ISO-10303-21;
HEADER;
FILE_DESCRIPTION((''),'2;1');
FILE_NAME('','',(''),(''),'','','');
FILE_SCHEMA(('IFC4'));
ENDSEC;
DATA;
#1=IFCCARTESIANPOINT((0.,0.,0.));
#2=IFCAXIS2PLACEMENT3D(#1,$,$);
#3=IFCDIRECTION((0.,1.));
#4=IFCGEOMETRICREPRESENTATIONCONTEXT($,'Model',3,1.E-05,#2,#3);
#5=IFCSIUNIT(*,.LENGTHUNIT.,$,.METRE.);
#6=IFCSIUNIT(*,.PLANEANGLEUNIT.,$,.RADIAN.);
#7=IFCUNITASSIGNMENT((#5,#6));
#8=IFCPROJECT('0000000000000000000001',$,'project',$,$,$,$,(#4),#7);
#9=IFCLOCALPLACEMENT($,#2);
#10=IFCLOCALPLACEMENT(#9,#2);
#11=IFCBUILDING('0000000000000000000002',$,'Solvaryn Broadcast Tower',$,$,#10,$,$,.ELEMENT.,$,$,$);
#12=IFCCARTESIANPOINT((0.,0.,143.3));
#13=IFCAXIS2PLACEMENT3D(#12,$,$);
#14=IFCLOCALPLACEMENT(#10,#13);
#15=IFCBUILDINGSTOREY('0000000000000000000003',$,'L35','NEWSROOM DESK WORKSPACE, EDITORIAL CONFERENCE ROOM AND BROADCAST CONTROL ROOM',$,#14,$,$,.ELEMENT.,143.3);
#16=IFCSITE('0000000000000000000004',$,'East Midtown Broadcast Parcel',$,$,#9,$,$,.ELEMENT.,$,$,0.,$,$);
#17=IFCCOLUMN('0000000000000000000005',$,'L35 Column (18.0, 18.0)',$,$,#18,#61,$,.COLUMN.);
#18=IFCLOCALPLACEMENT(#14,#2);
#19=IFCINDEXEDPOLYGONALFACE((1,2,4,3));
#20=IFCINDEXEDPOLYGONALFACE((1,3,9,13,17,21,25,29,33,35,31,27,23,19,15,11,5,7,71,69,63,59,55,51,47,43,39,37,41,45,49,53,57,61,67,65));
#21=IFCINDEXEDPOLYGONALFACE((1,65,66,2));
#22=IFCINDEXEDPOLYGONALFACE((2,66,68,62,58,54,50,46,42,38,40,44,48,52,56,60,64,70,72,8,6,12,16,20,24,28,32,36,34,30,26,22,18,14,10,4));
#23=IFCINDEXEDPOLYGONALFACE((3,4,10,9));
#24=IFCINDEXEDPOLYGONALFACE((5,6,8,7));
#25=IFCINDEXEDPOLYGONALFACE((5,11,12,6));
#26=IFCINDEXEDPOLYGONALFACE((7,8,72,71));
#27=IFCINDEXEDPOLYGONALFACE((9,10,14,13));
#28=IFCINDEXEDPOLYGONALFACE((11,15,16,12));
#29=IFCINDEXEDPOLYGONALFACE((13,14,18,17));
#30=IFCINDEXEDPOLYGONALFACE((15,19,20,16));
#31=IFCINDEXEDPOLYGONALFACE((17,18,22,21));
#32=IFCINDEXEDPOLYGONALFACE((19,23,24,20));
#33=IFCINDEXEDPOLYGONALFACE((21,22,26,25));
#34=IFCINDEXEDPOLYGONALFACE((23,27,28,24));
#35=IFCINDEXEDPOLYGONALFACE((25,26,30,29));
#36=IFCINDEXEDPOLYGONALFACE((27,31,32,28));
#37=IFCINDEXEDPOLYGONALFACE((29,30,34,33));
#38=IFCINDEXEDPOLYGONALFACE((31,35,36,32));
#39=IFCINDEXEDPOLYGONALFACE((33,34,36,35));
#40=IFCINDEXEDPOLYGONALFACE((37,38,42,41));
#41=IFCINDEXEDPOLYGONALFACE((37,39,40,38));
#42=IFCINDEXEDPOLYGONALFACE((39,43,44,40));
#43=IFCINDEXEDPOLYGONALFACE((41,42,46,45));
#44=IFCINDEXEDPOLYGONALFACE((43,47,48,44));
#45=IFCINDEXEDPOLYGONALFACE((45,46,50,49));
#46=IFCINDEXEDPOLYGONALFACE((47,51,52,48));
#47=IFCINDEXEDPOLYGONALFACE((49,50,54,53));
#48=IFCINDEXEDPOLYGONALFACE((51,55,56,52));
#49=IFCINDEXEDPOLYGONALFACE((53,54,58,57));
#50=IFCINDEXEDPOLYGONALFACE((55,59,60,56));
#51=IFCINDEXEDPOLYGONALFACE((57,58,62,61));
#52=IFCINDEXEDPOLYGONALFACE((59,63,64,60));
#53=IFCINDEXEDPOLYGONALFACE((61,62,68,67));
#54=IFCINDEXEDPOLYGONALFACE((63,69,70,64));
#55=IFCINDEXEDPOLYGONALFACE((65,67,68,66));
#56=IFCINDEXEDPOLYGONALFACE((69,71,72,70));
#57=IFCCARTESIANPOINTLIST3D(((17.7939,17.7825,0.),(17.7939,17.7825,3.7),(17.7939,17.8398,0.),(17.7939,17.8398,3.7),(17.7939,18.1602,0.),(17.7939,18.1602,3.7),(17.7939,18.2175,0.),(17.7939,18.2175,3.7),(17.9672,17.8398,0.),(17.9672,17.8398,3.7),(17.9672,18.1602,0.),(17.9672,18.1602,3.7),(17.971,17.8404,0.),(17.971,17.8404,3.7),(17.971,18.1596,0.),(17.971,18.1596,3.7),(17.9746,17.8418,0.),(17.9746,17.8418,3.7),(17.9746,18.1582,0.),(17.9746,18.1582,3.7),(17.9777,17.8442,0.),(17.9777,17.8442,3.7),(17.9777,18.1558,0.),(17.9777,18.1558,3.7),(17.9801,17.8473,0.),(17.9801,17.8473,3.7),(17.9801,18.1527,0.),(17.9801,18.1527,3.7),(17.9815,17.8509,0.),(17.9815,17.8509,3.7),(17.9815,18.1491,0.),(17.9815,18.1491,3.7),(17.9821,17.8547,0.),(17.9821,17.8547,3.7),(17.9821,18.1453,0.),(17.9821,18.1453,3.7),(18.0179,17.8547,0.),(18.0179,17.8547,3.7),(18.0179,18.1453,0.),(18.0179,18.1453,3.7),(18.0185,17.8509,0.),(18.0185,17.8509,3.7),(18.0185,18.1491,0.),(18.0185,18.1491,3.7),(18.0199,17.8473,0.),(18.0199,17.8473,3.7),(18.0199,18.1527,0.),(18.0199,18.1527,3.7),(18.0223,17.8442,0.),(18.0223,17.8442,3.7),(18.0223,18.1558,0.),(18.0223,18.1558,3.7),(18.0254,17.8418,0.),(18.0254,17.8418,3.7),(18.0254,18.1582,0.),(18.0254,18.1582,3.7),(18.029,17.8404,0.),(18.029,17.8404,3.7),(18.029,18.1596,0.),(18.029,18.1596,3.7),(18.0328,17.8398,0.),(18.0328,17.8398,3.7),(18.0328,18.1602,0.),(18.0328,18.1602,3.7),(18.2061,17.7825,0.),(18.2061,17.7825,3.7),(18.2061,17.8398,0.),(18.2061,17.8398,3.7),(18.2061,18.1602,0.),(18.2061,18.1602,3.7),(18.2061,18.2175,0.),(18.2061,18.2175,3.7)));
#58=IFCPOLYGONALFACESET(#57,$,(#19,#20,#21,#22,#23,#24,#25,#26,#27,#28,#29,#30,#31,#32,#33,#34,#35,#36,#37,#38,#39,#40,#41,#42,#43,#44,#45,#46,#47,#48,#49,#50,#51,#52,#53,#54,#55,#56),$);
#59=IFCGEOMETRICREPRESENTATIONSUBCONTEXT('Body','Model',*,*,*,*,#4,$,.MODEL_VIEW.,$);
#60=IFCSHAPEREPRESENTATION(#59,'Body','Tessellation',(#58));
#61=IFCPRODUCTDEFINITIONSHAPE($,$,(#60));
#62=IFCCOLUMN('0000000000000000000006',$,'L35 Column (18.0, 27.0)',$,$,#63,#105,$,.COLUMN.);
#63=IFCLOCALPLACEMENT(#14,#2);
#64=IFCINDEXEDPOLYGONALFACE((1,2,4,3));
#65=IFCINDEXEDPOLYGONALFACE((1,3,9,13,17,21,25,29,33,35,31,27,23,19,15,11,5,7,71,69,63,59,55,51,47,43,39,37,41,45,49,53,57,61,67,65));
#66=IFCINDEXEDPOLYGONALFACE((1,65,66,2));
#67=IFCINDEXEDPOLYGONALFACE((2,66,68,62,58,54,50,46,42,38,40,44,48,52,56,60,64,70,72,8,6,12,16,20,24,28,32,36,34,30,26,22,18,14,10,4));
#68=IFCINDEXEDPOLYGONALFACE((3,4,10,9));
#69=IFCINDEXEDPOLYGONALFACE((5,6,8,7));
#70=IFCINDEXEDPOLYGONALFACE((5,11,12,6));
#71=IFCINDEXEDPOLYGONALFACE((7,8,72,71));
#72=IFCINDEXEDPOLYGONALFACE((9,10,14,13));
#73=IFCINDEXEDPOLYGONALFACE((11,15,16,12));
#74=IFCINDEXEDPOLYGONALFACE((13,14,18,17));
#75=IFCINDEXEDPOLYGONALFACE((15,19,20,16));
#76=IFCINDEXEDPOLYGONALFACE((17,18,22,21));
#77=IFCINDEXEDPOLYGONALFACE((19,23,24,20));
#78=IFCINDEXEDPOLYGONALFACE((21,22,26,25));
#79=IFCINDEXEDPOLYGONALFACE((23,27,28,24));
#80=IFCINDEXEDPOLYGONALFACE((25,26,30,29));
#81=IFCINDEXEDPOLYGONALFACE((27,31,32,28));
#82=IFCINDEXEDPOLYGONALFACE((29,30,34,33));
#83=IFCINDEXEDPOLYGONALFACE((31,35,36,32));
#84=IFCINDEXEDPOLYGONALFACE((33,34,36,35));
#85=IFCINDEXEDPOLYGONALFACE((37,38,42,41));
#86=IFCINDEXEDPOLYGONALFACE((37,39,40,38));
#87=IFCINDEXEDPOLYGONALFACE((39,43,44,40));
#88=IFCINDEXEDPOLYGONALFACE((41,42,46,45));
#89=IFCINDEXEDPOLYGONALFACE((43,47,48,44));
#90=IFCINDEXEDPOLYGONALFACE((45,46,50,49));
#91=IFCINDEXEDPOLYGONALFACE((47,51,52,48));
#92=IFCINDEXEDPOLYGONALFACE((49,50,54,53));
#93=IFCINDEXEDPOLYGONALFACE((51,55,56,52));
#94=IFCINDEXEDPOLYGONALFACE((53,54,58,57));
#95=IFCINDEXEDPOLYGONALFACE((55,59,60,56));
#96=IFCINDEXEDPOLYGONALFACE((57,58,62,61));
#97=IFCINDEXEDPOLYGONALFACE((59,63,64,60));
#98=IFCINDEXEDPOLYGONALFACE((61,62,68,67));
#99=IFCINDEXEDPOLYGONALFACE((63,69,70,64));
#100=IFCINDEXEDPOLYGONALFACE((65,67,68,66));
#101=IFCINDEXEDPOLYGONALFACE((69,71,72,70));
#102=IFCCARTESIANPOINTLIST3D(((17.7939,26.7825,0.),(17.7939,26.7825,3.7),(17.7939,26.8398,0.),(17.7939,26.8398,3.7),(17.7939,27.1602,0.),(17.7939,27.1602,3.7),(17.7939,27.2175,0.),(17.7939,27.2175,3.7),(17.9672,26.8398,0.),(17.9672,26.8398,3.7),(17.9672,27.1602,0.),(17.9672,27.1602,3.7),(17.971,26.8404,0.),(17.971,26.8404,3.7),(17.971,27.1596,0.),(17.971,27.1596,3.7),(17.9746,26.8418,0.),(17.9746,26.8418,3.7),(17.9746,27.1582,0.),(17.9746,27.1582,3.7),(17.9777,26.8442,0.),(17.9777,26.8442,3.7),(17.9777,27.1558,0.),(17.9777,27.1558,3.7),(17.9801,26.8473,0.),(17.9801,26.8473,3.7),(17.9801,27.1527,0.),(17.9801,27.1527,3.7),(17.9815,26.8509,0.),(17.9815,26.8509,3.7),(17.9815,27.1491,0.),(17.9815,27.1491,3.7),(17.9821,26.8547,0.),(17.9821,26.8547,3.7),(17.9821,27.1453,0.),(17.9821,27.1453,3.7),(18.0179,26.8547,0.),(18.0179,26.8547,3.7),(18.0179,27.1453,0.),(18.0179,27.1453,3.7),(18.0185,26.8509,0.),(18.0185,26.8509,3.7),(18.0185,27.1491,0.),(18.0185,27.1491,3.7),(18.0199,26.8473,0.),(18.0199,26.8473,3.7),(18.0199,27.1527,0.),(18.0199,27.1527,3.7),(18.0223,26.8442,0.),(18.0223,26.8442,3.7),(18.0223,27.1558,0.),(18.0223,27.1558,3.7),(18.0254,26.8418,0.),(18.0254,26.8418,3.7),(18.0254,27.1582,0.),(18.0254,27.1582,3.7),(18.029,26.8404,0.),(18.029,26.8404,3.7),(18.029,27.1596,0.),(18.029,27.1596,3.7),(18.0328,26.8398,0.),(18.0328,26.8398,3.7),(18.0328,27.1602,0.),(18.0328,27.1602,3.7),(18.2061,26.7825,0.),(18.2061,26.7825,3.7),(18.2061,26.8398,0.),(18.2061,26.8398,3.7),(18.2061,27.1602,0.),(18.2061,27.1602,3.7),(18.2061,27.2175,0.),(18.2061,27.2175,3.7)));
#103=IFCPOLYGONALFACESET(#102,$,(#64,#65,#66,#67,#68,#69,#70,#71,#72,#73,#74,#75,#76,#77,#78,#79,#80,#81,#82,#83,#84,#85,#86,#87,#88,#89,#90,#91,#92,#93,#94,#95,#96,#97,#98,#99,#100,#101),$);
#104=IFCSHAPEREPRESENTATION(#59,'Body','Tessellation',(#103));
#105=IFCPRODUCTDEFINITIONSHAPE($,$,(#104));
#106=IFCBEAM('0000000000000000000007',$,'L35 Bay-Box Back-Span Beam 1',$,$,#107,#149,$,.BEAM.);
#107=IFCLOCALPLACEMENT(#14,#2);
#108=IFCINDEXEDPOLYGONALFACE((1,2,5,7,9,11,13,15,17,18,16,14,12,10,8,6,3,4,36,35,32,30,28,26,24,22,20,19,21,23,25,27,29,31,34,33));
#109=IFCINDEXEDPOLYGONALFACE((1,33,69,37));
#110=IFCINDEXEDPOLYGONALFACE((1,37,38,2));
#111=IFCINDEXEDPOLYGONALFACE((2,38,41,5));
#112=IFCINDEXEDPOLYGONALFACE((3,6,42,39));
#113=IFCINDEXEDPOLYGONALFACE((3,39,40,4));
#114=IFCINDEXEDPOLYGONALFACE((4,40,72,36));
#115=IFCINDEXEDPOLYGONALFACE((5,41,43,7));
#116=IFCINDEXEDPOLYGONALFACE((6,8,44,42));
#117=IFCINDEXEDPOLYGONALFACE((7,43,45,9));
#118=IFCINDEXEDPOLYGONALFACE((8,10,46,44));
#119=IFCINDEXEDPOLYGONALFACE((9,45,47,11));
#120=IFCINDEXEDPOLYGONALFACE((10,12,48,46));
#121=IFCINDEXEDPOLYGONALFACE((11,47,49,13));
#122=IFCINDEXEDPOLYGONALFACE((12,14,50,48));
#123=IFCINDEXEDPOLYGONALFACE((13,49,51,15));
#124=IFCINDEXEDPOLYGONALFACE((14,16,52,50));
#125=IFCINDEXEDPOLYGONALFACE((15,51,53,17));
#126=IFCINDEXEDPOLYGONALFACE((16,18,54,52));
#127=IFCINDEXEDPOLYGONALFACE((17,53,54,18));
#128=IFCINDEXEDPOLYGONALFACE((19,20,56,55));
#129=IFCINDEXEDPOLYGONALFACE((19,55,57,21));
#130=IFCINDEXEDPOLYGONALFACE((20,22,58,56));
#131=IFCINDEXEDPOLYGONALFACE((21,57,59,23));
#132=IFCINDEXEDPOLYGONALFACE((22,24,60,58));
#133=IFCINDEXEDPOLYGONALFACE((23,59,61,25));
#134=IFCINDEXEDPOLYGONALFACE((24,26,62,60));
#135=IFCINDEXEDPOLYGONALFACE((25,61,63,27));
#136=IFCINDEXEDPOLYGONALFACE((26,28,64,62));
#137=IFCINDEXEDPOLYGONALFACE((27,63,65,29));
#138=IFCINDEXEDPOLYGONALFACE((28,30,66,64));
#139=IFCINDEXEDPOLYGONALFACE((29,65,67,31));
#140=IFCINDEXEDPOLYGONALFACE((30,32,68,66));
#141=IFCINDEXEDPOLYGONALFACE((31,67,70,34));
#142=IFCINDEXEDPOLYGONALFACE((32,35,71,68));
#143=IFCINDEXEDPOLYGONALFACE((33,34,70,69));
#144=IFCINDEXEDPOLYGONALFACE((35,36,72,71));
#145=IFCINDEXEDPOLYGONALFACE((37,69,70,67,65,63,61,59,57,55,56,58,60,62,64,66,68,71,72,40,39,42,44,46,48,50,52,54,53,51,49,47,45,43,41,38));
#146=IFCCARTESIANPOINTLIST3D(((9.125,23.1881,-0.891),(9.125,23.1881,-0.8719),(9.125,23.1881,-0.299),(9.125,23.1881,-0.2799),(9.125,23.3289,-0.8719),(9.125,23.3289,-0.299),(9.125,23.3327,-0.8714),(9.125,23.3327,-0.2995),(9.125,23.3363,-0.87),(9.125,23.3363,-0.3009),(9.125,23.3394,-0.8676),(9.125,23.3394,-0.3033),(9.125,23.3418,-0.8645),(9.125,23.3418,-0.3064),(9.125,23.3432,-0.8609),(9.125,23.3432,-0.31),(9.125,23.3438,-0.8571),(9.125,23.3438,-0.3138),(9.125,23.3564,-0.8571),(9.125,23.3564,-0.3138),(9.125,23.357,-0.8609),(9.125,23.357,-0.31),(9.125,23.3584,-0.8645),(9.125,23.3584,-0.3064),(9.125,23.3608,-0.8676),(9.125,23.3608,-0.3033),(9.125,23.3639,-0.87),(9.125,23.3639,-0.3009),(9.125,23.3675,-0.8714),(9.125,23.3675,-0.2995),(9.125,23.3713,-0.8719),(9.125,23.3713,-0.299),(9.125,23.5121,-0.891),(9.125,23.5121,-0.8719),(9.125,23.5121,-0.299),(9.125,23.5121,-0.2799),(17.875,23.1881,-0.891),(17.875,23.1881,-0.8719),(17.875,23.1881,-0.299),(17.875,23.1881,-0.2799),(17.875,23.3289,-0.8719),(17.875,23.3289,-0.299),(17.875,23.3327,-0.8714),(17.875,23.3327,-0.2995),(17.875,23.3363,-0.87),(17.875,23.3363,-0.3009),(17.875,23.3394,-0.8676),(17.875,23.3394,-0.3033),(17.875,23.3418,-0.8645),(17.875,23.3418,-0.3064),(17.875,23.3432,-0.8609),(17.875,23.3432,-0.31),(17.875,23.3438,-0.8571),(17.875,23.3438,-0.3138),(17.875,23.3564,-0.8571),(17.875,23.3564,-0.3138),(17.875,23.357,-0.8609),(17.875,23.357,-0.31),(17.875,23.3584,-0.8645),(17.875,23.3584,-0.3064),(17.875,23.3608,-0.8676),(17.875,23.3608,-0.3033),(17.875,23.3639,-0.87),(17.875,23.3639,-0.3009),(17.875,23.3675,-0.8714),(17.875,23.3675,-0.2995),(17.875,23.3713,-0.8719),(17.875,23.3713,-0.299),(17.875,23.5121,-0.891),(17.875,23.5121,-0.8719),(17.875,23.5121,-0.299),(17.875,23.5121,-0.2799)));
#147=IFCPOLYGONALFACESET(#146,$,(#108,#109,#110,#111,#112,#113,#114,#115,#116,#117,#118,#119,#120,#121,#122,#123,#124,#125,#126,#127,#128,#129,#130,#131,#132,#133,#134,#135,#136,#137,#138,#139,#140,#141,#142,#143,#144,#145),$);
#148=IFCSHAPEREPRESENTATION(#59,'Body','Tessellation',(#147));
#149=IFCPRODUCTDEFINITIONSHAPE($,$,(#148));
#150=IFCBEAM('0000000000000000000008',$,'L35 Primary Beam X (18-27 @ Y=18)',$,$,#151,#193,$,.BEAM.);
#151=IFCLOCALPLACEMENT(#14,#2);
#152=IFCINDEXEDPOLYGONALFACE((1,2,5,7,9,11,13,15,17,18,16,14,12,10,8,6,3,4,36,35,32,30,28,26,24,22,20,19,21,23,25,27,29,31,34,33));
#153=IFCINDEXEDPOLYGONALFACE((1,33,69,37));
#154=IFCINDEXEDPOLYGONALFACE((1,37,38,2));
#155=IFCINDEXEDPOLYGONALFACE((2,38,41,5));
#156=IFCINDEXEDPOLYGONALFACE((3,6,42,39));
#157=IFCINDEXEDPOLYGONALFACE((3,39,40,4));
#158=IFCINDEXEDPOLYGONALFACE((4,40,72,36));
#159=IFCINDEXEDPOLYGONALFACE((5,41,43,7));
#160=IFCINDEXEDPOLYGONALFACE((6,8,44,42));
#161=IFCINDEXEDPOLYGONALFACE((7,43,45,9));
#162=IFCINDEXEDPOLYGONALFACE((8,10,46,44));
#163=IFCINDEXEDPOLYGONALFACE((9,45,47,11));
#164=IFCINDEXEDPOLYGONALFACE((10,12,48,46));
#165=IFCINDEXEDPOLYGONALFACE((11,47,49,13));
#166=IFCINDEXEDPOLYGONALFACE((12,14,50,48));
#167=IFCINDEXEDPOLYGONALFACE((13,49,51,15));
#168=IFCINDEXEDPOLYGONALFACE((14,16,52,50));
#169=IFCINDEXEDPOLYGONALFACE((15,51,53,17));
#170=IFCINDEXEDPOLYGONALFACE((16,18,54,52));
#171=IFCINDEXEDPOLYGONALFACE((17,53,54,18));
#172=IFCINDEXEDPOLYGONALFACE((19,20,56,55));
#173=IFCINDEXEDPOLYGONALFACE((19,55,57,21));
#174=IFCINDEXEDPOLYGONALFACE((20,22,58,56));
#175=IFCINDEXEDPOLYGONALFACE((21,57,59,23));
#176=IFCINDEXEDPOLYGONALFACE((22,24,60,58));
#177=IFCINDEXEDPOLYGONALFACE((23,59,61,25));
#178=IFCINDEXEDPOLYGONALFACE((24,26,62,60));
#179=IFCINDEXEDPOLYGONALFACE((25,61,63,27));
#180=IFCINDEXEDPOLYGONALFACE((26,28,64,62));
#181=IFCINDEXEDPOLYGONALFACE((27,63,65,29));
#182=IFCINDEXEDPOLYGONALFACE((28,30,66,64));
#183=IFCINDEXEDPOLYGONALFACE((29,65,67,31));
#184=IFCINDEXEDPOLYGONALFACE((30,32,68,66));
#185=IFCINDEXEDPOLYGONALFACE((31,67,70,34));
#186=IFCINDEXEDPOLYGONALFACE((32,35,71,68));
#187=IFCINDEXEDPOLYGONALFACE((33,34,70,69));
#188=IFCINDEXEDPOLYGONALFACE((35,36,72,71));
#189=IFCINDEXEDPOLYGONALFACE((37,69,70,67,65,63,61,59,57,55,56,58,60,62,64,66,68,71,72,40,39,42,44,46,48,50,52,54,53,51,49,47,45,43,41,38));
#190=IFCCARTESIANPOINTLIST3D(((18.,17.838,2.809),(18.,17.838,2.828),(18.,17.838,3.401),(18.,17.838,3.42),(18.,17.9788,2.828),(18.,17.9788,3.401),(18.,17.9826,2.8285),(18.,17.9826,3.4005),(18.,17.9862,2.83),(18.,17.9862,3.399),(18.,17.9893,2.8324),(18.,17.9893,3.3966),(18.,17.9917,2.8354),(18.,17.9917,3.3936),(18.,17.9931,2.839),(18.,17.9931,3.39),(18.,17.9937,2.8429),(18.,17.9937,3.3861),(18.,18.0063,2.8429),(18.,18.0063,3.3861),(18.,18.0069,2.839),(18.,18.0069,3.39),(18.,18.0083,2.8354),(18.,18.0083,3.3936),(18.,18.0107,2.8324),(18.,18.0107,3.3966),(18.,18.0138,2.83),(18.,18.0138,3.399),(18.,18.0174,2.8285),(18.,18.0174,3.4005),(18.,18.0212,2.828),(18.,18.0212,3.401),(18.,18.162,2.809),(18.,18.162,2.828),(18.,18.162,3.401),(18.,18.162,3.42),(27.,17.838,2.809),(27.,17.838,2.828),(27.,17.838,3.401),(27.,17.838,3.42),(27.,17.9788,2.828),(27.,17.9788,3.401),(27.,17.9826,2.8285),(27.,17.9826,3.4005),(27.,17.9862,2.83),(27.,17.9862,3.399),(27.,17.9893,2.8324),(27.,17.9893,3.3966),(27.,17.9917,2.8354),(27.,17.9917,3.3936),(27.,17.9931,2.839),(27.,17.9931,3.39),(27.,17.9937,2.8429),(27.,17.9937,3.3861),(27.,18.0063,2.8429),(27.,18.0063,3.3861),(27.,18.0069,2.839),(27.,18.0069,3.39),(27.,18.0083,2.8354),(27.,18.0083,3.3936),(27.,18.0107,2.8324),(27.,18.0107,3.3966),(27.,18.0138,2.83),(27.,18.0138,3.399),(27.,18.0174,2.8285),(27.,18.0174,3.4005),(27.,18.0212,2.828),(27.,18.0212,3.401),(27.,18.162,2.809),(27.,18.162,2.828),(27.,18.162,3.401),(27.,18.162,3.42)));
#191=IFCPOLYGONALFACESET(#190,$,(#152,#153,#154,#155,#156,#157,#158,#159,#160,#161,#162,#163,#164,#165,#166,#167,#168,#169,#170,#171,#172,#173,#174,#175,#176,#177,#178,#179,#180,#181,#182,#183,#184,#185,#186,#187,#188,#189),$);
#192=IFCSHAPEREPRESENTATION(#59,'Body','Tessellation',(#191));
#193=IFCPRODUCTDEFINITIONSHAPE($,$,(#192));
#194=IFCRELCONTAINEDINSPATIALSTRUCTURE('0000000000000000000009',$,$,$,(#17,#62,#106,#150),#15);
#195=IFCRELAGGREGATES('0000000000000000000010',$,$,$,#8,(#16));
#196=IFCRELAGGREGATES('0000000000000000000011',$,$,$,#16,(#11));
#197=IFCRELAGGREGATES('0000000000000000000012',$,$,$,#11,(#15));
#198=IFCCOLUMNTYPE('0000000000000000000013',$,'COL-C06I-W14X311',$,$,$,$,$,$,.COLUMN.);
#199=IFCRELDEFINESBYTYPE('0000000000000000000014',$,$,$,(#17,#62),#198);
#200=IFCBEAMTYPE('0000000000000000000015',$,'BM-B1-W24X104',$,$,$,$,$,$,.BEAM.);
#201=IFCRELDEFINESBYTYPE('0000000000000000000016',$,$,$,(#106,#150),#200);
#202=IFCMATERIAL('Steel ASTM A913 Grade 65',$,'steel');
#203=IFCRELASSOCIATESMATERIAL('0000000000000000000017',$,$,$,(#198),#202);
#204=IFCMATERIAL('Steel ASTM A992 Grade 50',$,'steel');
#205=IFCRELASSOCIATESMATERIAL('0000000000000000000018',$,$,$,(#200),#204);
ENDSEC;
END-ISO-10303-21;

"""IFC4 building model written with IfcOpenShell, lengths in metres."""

from ifc_helpers import new_model, si_unit, direction, frame, origin, origin_2d, place, context, subcontext, project, spatial, i_section, extrude, material, material_profile, profile_set, type_object, element, save


model = new_model("IFC4")

# Units and contexts
model_context = context("Model", 3, precision=1e-05, world=origin(), true_north=direction((0.0, 1.0)))
body_context = subcontext(model_context, "Body", "Model", "MODEL_VIEW")
ifc_project = project(units=[si_unit("LENGTHUNIT", "METRE"), si_unit("PLANEANGLEUNIT", "RADIAN")], contexts=[model_context])

# Site, building, storey
site_placement = place(None, origin())
site = spatial("IfcSite", under=ifc_project, at=site_placement, Name="East Midtown Broadcast Parcel", CompositionType="ELEMENT", RefElevation=0.0)
building_placement = place(site_placement, origin())
building = spatial("IfcBuilding", under=site, at=building_placement, Name="Solvaryn Broadcast Tower", CompositionType="ELEMENT")
storey_placement = place(building_placement, frame((0.0, 0.0, 143.3)))
storey = spatial("IfcBuildingStorey", under=building, at=storey_placement, Name="L35", Description="NEWSROOM DESK WORKSPACE, EDITORIAL CONFERENCE ROOM AND BROADCAST CONTROL ROOM", CompositionType="ELEMENT", Elevation=143.3)

# Columns
ifc_material_1 = material(Name="Steel ASTM A913 Grade 65", Category="steel")
ifc_material_profile_1 = material_profile(ifc_material_1, i_section(OverallWidth=0.4121, OverallDepth=0.4351, WebThickness=0.0359, FlangeThickness=0.0574, FilletRadius=0.0149, at=origin_2d()))
ifc_profile_set_1 = profile_set([ifc_material_profile_1], Name="Steel ASTM A913 Grade 65")
column_type = type_object("IfcColumnType", Name="COL-C06I-W14X311", PredefinedType="COLUMN", material=ifc_profile_set_1)
for number, where, z_axis, x_axis, name in (
    (1, (18.0, 18.0, 0.0), (0.0, 0.0, 1.0), (1.0, 0.0, 0.0), "L35 Column (18.0, 18.0)"),
    (2, (18.0, 27.0, 0.0), (0.0, 0.0, 1.0), (1.0, 0.0, 0.0), "L35 Column (18.0, 27.0)"),
):
    element("IfcColumn", number, at=place(storey_placement, frame(where, z_axis=z_axis, x_axis=x_axis)), inside=storey, type_object=column_type, Name=name, PredefinedType="COLUMN", context=body_context, shape_type="SweptSolid", body=[
        extrude(i_section(OverallWidth=0.4121, OverallDepth=0.4351, WebThickness=0.0359, FlangeThickness=0.0574, FilletRadius=0.0149, at=origin_2d()), origin(), (0.0, 0.0, 1.0), 3.7),
    ])

# Beams
ifc_material_2 = material(Name="Steel ASTM A992 Grade 50", Category="steel")
ifc_material_profile_2 = material_profile(ifc_material_2, i_section(OverallWidth=0.324, OverallDepth=0.6111, WebThickness=0.0127, FlangeThickness=0.019, FilletRadius=0.0149, at=origin_2d()))
ifc_profile_set_2 = profile_set([ifc_material_profile_2], Name="Steel ASTM A992 Grade 50")
beam_type_1 = type_object("IfcBeamType", Name="BM-B1-W24X104", PredefinedType="BEAM", material=ifc_profile_set_2)
beam_1_placement = place(storey_placement, frame((17.875, 23.3501, -0.5854), z_axis=(-1.0, 0.0, 0.0), x_axis=(0.0, -1.0, 0.0)))
element("IfcBeam", 3, at=beam_1_placement, inside=storey, type_object=beam_type_1, Name="L35 Bay-Box Back-Span Beam 1", PredefinedType="BEAM", context=body_context, shape_type="SweptSolid", body=[
    extrude(i_section(OverallWidth=0.324, OverallDepth=0.6111, WebThickness=0.0127, FlangeThickness=0.019, FilletRadius=0.0149, at=origin_2d()), origin(), (0.0, 0.0, 1.0), 8.75),
])
for number, where, z_axis, x_axis, name in (
    (4, (18.0, 18.0, 3.1145), (1.0, 0.0, 0.0), (0.0, 1.0, 0.0), "L35 Primary Beam X (18-27 @ Y=18)"),
):
    element("IfcBeam", number, at=place(storey_placement, frame(where, z_axis=z_axis, x_axis=x_axis)), inside=storey, type_object=beam_type_1, Name=name, PredefinedType="BEAM", context=body_context, shape_type="SweptSolid", body=[
        extrude(i_section(OverallWidth=0.324, OverallDepth=0.6111, WebThickness=0.0127, FlangeThickness=0.019, FilletRadius=0.0149, at=origin_2d()), origin(), (0.0, 0.0, 1.0), 9.0),
    ])

save(model, "model.ifc")
